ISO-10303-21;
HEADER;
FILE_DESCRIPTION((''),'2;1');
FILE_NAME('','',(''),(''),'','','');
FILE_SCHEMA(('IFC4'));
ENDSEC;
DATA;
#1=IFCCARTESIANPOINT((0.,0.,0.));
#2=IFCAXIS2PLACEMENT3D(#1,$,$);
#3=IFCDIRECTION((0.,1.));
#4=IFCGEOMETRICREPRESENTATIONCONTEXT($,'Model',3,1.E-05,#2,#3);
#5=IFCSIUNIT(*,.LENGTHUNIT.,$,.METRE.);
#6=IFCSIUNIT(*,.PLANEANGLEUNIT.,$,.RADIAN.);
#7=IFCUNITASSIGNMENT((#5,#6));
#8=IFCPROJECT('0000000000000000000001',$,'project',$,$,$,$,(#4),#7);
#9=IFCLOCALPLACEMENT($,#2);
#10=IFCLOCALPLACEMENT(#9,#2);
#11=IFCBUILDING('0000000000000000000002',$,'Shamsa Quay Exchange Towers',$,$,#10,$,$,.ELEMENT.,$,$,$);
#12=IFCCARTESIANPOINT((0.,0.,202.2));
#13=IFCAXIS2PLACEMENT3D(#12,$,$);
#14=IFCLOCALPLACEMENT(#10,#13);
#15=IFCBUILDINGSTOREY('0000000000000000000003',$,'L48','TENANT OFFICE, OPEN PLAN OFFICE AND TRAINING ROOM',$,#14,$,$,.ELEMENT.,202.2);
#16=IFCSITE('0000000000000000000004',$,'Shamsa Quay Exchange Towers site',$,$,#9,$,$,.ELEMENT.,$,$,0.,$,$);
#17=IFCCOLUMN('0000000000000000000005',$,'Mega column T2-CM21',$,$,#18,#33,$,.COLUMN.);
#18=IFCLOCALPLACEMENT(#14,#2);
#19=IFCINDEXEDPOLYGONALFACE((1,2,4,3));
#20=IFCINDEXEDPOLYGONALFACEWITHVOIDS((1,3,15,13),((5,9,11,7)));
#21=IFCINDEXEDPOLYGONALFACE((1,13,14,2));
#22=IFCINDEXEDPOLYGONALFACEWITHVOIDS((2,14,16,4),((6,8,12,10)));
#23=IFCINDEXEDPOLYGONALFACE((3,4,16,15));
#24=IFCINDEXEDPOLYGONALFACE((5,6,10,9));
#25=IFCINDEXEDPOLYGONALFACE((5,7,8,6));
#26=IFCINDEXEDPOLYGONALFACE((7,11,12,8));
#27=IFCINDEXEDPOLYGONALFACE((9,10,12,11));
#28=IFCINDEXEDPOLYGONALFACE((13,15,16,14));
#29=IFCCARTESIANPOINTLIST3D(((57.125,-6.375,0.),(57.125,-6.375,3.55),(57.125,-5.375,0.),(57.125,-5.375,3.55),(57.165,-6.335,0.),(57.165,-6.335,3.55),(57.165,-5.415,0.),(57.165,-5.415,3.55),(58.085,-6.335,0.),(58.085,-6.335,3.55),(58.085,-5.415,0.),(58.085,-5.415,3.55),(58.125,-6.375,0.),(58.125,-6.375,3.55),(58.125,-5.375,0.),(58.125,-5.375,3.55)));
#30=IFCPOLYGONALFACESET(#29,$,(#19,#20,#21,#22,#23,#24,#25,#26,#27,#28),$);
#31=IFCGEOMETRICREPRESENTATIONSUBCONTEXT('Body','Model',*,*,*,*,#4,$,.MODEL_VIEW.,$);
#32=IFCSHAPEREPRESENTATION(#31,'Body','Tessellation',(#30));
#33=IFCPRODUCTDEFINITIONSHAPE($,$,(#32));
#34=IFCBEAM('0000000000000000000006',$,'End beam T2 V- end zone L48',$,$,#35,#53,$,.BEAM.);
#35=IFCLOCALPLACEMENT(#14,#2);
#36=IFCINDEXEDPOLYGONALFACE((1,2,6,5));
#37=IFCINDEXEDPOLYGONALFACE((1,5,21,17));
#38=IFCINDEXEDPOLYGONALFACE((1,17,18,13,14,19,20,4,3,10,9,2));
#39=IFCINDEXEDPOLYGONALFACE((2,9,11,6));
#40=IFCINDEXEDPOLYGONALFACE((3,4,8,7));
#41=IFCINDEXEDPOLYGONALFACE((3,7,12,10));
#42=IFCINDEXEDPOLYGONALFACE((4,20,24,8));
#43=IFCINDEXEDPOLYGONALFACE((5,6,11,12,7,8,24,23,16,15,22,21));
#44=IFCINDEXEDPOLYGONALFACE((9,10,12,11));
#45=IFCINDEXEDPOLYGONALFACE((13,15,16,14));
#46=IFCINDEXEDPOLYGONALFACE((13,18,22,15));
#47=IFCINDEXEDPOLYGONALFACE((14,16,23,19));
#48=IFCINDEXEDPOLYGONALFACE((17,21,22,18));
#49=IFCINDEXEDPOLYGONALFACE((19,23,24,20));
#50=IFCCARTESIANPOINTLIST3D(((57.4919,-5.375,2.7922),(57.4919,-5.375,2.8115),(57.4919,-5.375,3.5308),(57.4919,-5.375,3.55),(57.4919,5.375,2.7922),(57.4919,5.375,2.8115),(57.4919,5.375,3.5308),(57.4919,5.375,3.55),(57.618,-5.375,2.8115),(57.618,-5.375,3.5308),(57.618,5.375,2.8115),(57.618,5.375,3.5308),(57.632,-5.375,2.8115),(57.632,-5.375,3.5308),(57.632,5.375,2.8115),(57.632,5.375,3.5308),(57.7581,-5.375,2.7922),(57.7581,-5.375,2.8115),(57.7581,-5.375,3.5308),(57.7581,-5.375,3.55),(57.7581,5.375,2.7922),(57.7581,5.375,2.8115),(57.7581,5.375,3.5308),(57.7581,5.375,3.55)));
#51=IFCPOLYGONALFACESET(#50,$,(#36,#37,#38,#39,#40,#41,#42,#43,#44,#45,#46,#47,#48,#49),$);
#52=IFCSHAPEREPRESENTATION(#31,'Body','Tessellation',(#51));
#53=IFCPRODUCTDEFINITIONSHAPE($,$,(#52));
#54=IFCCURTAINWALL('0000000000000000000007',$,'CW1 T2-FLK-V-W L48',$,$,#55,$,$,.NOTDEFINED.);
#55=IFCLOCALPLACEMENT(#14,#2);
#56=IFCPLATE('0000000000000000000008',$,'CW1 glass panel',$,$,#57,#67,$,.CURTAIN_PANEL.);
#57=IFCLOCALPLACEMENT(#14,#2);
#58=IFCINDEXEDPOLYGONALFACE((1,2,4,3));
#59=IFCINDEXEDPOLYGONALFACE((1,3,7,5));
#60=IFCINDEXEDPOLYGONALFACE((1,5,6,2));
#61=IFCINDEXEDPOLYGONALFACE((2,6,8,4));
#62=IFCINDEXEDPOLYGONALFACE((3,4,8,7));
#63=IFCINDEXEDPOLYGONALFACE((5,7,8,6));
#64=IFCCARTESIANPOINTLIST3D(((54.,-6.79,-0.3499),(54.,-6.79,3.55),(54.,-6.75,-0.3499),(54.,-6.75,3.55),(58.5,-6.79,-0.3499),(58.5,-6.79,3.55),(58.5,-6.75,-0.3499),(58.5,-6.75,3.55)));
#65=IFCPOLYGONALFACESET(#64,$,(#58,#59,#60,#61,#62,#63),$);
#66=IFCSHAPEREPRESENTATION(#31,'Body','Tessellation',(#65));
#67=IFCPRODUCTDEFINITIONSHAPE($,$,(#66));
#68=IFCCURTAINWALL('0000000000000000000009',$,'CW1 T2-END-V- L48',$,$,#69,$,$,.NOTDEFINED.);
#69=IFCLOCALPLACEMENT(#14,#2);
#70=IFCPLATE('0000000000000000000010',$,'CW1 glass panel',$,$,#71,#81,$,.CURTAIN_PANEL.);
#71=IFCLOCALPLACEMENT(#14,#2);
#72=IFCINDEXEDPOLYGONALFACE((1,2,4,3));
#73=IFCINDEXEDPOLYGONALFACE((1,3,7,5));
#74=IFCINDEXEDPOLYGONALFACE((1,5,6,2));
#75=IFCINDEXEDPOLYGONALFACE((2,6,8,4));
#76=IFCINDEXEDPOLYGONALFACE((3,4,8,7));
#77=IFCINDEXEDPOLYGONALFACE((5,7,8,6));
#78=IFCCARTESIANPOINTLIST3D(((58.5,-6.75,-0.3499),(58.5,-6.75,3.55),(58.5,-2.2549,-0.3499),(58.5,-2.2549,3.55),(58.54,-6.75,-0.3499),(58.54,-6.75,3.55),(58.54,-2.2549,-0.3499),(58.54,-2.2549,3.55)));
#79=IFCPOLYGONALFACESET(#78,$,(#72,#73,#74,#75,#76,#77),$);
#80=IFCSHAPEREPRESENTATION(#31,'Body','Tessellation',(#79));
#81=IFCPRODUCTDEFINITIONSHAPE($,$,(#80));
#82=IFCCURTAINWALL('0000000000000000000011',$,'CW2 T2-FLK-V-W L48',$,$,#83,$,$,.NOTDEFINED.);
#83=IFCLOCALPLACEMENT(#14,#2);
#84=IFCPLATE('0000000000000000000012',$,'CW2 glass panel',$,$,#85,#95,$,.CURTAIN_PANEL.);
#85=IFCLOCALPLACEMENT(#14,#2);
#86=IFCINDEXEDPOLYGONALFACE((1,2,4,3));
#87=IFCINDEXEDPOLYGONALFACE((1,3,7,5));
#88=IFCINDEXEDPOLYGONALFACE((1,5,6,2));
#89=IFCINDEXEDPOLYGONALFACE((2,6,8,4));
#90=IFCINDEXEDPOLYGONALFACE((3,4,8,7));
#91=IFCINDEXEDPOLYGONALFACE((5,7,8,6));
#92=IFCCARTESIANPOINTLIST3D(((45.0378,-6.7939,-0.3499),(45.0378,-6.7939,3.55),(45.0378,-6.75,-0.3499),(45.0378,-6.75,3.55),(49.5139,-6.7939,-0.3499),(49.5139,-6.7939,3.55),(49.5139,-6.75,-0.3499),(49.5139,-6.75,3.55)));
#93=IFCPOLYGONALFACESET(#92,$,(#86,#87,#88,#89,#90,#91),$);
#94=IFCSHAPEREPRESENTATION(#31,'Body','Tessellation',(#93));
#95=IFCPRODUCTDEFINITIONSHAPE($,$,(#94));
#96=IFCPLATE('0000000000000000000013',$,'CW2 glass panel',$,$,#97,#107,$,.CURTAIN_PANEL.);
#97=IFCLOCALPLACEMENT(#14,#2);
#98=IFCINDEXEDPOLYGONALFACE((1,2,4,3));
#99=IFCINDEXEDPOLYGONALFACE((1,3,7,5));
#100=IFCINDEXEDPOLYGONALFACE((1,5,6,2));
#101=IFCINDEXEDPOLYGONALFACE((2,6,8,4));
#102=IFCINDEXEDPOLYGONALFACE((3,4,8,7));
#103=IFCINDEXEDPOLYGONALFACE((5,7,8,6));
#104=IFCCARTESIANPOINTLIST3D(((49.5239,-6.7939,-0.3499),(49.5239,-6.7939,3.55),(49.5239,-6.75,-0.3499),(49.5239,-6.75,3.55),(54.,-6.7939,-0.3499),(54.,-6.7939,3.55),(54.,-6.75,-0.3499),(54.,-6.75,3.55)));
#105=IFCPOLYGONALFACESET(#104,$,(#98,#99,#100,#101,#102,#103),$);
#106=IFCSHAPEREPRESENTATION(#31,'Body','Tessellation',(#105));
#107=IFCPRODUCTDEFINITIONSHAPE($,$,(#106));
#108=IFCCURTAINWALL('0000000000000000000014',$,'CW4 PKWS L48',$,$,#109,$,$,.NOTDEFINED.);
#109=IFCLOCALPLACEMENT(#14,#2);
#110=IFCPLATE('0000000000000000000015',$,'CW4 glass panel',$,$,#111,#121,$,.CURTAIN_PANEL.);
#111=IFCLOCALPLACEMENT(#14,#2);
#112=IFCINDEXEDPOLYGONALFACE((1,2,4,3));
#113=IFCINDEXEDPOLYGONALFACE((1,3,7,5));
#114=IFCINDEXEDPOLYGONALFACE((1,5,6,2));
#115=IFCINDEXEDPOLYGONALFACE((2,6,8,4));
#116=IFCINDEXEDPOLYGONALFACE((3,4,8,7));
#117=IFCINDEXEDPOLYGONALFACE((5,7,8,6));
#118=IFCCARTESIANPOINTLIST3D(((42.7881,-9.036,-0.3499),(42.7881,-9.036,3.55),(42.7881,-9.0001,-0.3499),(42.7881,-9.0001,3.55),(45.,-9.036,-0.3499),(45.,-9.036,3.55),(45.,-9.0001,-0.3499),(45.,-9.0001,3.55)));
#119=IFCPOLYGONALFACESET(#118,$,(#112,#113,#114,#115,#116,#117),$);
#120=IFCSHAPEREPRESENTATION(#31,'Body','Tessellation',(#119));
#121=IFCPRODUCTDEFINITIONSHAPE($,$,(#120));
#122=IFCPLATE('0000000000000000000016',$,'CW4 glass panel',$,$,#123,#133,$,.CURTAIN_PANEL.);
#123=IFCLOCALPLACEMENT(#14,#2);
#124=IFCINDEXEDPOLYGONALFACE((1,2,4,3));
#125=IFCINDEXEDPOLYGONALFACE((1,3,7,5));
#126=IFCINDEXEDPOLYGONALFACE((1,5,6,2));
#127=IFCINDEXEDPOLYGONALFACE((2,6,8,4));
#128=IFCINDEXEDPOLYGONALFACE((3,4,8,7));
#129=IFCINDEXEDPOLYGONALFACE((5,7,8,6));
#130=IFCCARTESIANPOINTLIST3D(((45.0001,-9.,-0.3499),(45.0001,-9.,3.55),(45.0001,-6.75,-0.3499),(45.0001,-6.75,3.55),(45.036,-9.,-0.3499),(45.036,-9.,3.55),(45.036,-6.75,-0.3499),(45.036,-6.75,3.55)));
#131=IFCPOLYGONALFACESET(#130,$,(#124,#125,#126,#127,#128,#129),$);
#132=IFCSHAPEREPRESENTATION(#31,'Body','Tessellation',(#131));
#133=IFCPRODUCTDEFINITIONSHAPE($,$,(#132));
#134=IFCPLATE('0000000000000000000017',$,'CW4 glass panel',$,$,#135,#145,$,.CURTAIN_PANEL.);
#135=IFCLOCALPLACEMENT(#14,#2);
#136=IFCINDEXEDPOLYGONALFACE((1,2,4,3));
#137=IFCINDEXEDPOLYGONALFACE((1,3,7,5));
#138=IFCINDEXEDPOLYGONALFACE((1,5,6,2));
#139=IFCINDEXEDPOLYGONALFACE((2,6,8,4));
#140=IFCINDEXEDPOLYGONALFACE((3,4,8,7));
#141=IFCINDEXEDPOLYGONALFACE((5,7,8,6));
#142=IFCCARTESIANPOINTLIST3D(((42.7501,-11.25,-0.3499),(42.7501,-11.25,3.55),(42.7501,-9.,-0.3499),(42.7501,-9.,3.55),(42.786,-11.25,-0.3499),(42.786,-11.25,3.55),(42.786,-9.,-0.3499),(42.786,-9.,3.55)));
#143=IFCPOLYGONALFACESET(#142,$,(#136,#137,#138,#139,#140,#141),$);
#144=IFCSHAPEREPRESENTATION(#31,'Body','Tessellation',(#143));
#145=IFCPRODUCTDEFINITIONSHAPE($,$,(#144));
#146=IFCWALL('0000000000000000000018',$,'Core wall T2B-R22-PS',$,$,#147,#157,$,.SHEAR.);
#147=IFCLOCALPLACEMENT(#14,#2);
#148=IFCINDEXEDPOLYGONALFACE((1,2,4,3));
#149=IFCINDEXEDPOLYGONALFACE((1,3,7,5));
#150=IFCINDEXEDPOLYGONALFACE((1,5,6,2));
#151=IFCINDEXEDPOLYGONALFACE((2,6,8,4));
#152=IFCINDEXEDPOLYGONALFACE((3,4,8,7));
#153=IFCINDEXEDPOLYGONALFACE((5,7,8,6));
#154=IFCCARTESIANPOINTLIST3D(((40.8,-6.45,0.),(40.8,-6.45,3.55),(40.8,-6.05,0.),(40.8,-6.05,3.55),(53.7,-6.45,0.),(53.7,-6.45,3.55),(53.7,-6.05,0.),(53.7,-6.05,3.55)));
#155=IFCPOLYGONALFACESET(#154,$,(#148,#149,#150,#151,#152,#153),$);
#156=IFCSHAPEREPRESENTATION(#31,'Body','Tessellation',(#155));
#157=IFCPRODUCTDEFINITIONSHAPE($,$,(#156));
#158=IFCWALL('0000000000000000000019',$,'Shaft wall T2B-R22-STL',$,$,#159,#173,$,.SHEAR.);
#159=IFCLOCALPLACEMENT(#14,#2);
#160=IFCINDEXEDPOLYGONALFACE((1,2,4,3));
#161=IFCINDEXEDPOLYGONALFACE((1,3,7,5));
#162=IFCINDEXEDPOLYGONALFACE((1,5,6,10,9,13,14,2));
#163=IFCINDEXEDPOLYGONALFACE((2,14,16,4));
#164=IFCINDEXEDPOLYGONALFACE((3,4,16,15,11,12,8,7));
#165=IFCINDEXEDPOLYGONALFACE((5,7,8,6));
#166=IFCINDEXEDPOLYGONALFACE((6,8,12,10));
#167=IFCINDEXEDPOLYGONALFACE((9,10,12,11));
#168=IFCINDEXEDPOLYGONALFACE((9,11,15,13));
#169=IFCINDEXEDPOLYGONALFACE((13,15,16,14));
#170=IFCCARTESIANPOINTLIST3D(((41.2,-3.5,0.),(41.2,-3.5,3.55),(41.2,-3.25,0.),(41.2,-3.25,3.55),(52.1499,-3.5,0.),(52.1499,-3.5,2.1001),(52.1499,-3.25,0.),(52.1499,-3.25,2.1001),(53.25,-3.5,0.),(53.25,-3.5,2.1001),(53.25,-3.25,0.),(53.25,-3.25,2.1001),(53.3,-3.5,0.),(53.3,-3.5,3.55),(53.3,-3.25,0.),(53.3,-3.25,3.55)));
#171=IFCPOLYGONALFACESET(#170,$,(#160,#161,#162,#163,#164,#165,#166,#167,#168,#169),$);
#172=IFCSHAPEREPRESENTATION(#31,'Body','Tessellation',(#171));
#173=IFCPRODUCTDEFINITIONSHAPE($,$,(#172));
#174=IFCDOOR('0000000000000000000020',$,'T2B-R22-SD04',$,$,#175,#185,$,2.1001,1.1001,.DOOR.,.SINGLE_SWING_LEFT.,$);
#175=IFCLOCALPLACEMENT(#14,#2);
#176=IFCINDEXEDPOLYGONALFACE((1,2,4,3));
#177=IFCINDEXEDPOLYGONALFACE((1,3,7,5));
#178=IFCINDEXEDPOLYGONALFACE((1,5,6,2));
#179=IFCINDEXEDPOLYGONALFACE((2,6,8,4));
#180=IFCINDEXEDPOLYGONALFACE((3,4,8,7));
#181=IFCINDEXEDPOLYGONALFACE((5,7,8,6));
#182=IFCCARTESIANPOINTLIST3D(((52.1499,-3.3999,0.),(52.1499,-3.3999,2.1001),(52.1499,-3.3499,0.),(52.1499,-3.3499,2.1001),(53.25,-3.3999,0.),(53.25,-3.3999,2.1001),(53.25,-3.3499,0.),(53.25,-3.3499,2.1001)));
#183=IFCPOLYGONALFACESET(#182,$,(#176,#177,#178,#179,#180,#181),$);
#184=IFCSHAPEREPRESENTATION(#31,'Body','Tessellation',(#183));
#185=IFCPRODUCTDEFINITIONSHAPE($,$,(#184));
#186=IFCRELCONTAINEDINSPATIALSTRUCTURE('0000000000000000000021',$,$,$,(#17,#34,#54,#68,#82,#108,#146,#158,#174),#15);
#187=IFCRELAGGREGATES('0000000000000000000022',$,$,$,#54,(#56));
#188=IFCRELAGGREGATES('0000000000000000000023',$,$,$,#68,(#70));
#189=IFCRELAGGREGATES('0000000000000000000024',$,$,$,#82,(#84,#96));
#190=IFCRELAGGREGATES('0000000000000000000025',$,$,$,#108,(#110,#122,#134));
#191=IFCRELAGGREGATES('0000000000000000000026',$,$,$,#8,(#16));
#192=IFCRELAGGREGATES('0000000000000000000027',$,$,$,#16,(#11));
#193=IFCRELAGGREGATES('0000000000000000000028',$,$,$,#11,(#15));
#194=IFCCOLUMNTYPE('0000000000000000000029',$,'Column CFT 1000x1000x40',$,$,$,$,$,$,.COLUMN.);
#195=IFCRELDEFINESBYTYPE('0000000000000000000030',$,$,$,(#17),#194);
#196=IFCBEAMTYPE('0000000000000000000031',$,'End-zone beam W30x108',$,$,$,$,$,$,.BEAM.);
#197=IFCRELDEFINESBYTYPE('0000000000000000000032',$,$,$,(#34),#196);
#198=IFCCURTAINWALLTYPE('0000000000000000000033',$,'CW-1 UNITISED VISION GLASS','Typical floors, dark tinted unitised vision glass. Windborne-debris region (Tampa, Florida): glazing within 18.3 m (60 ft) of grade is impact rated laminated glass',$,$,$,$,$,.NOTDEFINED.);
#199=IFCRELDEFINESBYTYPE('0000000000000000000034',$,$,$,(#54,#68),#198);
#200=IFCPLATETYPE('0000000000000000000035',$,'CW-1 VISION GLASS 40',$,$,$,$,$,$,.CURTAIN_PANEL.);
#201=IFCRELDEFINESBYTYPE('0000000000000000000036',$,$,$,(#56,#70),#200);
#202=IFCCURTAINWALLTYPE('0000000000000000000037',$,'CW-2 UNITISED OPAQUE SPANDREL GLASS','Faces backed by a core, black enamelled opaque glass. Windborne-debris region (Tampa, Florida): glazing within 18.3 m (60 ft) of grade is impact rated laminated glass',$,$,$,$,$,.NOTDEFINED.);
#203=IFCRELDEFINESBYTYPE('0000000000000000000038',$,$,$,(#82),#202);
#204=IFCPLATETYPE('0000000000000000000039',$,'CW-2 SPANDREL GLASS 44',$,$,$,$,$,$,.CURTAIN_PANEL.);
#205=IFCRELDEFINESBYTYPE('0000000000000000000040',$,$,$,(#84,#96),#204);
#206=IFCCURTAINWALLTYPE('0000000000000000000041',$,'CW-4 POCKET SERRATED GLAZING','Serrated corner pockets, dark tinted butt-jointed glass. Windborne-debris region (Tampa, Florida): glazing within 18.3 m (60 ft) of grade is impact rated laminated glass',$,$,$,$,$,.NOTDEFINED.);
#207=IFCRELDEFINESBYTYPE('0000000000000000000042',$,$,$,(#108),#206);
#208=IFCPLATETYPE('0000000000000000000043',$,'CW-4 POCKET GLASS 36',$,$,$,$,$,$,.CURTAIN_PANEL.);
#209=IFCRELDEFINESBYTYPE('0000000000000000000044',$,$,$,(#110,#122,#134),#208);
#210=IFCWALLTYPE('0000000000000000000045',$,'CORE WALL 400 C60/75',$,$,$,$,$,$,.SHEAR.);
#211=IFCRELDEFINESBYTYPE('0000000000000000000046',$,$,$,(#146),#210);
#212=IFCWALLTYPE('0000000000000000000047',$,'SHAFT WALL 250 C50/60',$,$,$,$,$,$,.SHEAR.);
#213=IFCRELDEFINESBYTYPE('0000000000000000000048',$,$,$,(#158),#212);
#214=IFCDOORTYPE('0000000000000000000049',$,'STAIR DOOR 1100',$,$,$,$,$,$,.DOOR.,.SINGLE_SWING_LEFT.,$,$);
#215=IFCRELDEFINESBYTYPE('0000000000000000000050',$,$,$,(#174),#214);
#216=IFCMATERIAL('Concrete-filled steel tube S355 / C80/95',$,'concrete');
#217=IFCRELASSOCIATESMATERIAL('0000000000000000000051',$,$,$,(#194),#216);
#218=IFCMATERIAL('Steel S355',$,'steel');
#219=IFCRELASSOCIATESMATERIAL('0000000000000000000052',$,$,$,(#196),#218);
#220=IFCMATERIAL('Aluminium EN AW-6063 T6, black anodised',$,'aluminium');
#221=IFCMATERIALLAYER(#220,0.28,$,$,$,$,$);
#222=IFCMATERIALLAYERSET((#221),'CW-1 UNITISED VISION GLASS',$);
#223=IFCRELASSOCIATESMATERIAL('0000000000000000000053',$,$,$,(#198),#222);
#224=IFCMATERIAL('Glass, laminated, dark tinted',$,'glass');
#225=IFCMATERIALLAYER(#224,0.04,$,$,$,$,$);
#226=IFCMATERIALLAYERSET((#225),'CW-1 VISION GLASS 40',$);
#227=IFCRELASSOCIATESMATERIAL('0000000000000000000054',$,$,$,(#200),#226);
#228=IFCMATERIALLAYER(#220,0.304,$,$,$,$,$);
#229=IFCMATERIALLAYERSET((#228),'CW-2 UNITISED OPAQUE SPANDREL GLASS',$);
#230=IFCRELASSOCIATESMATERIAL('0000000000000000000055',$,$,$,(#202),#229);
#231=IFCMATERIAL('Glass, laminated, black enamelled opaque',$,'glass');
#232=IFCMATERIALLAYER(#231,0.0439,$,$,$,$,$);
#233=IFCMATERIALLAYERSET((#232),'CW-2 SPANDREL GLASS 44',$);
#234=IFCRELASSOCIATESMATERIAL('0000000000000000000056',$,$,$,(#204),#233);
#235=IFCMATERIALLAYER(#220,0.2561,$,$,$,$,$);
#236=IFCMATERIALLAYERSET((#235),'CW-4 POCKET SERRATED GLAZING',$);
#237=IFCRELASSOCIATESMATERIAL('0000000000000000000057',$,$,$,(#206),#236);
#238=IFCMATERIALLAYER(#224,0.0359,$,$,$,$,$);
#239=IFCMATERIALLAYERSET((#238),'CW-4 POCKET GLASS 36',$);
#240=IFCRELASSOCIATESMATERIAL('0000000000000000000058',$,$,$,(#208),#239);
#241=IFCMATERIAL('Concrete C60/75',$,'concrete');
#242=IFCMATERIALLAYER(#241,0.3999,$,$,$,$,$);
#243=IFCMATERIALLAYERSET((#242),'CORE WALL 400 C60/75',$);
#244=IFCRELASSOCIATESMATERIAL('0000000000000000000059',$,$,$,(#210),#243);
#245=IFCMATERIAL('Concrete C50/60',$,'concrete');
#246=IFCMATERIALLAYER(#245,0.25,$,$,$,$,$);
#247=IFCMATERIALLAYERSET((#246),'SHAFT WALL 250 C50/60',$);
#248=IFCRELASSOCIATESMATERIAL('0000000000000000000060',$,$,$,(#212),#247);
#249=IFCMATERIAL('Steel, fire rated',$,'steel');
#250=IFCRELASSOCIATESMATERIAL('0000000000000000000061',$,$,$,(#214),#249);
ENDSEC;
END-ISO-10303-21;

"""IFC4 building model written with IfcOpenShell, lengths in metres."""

from ifc_helpers import new_model, si_unit, direction, frame, frame_2d, origin, origin_2d, place, context, subcontext, project, spatial, rectangle, hollow_rectangle, i_section, extrude, material, layer, layer_set, material_profile, profile_set, type_object, element, fill, aggregate, save


model = new_model("IFC4")

# Units and contexts
model_context = context("Model", 3, precision=1e-05, world=origin(), true_north=direction((0.0, 1.0)))
body_context = subcontext(model_context, "Body", "Model", "MODEL_VIEW")
ifc_project = project(units=[si_unit("LENGTHUNIT", "METRE"), si_unit("PLANEANGLEUNIT", "RADIAN")], contexts=[model_context])

# Site, building, storey
site_placement = place(None, origin())
site = spatial("IfcSite", under=ifc_project, at=site_placement, Name="Shamsa Quay Exchange Towers site", CompositionType="ELEMENT", RefElevation=0.0)
building_placement = place(site_placement, origin())
building = spatial("IfcBuilding", under=site, at=building_placement, Name="Shamsa Quay Exchange Towers", CompositionType="ELEMENT")
storey_placement = place(building_placement, frame((0.0, 0.0, 202.2)))
storey = spatial("IfcBuildingStorey", under=building, at=storey_placement, Name="L48", Description="TENANT OFFICE, OPEN PLAN OFFICE AND TRAINING ROOM", CompositionType="ELEMENT", Elevation=202.2)

# Column
ifc_material_1 = material(Name="Concrete-filled steel tube S355 / C80/95", Category="concrete")
ifc_material_profile_1 = material_profile(ifc_material_1, hollow_rectangle(XDim=1.0, YDim=1.0, WallThickness=0.04, at=origin_2d()), Name="CFT 1000x1000x40")
ifc_profile_set_1 = profile_set([ifc_material_profile_1], Name="Concrete-filled steel tube S355 / C80/95")
column_type = type_object("IfcColumnType", Name="Column CFT 1000x1000x40", PredefinedType="COLUMN", material=ifc_profile_set_1)
column_placement = place(storey_placement, frame((57.625, -5.875, 0.0)))
element("IfcColumn", 1, at=column_placement, inside=storey, type_object=column_type, Name="Mega column T2-CM21", PredefinedType="COLUMN", context=body_context, shape_type="SweptSolid", body=[
    extrude(hollow_rectangle(XDim=1.0, YDim=1.0, WallThickness=0.04, at=origin_2d()), origin(), (0.0, 0.0, 1.0), 3.55),
])

# Beam
ifc_material_2 = material(Name="Steel S355", Category="steel")
ifc_material_profile_2 = material_profile(ifc_material_2, i_section(OverallWidth=0.2661, OverallDepth=0.7578, WebThickness=0.0139, FlangeThickness=0.0193, at=origin_2d()), Name="W30x108")
ifc_profile_set_2 = profile_set([ifc_material_profile_2], Name="Steel S355")
beam_type = type_object("IfcBeamType", Name="End-zone beam W30x108", PredefinedType="BEAM", material=ifc_profile_set_2)
beam_placement = place(storey_placement, frame((57.625, -5.375, 3.1711), z_axis=(0.0, 1.0, 0.0), x_axis=(-1.0, 0.0, 0.0)))
element("IfcBeam", 2, at=beam_placement, inside=storey, type_object=beam_type, Name="End beam T2 V- end zone L48", PredefinedType="BEAM", context=body_context, shape_type="SweptSolid", body=[
    extrude(i_section(OverallWidth=0.2661, OverallDepth=0.7578, WebThickness=0.0139, FlangeThickness=0.0193, at=origin_2d()), origin(), (0.0, 0.0, 1.0), 10.75),
])

# Curtain walls, plates
ifc_material_3 = material(Name="Aluminium EN AW-6063 T6, black anodised", Category="aluminium")
ifc_layer_1 = layer(ifc_material_3, 0.28)
ifc_layer_set_1 = layer_set([ifc_layer_1], Name="CW-1 UNITISED VISION GLASS")
curtain_wall_type_1 = type_object("IfcCurtainWallType", Name="CW-1 UNITISED VISION GLASS", Description="Typical floors, dark tinted unitised vision glass. Windborne-debris region (Tampa, Florida): glazing within 18.3 m (60 ft) of grade is impact rated laminated glass", PredefinedType="NOTDEFINED", material=ifc_layer_set_1)
curtain_wall_1_placement = place(storey_placement, origin())
curtain_wall_1 = element("IfcCurtainWall", 3, at=curtain_wall_1_placement, inside=storey, type_object=curtain_wall_type_1, Name="CW1 T2-FLK-V-W L48", PredefinedType="NOTDEFINED")
ifc_material_4 = material(Name="Glass, laminated, dark tinted", Category="glass")
ifc_layer_2 = layer(ifc_material_4, 0.04)
ifc_layer_set_2 = layer_set([ifc_layer_2], Name="CW-1 VISION GLASS 40")
plate_type_1 = type_object("IfcPlateType", Name="CW-1 VISION GLASS 40", PredefinedType="CURTAIN_PANEL", material=ifc_layer_set_2)
plate_1_placement = place(storey_placement, frame((56.25, -6.77, -0.3499)))
plate_1 = element("IfcPlate", 4, at=plate_1_placement, type_object=plate_type_1, Name="CW1 glass panel", PredefinedType="CURTAIN_PANEL", context=body_context, shape_type="SweptSolid", body=[
    extrude(rectangle(XDim=4.5, YDim=0.04, at=origin_2d()), origin(), (0.0, 0.0, 1.0), 3.8999),
])
aggregate(curtain_wall_1, [plate_1])
curtain_wall_2_placement = place(storey_placement, origin())
curtain_wall_2 = element("IfcCurtainWall", 5, at=curtain_wall_2_placement, inside=storey, type_object=curtain_wall_type_1, Name="CW1 T2-END-V- L48", PredefinedType="NOTDEFINED")
plate_2_placement = place(storey_placement, frame((58.52, -4.5024, -0.3499), z_axis=(0.0, 0.0, 1.0), x_axis=(0.0, 1.0, 0.0)))
plate_2 = element("IfcPlate", 6, at=plate_2_placement, type_object=plate_type_1, Name="CW1 glass panel", PredefinedType="CURTAIN_PANEL", context=body_context, shape_type="SweptSolid", body=[
    extrude(rectangle(XDim=4.4951, YDim=0.04, at=origin_2d()), origin(), (0.0, 0.0, 1.0), 3.8999),
])
aggregate(curtain_wall_2, [plate_2])

# Curtain walls, plates
ifc_layer_3 = layer(ifc_material_3, 0.304)
ifc_layer_set_3 = layer_set([ifc_layer_3], Name="CW-2 UNITISED OPAQUE SPANDREL GLASS")
curtain_wall_type_2 = type_object("IfcCurtainWallType", Name="CW-2 UNITISED OPAQUE SPANDREL GLASS", Description="Faces backed by a core, black enamelled opaque glass. Windborne-debris region (Tampa, Florida): glazing within 18.3 m (60 ft) of grade is impact rated laminated glass", PredefinedType="NOTDEFINED", material=ifc_layer_set_3)
curtain_wall_3_placement = place(storey_placement, origin())
curtain_wall_3 = element("IfcCurtainWall", 7, at=curtain_wall_3_placement, inside=storey, type_object=curtain_wall_type_2, Name="CW2 T2-FLK-V-W L48", PredefinedType="NOTDEFINED")
ifc_material_5 = material(Name="Glass, laminated, black enamelled opaque", Category="glass")
ifc_layer_4 = layer(ifc_material_5, 0.0439)
ifc_layer_set_4 = layer_set([ifc_layer_4], Name="CW-2 SPANDREL GLASS 44")
plate_type_2 = type_object("IfcPlateType", Name="CW-2 SPANDREL GLASS 44", PredefinedType="CURTAIN_PANEL", material=ifc_layer_set_4)
plate_3_placement = place(storey_placement, frame((47.2759, -6.772, -0.3499)))
plate_3 = element("IfcPlate", 8, at=plate_3_placement, type_object=plate_type_2, Name="CW2 glass panel", PredefinedType="CURTAIN_PANEL", context=body_context, shape_type="SweptSolid", body=[
    extrude(rectangle(XDim=4.4761, YDim=0.0439, at=origin_2d()), origin(), (0.0, 0.0, 1.0), 3.8999),
])
plate_4_placement = place(storey_placement, frame((51.762, -6.772, -0.3499)))
plate_4 = element("IfcPlate", 9, at=plate_4_placement, type_object=plate_type_2, Name="CW2 glass panel", PredefinedType="CURTAIN_PANEL", context=body_context, shape_type="SweptSolid", body=[
    extrude(rectangle(XDim=4.4761, YDim=0.0439, at=origin_2d()), origin(), (0.0, 0.0, 1.0), 3.8999),
])
aggregate(curtain_wall_3, [plate_3, plate_4])
ifc_layer_5 = layer(ifc_material_3, 0.2561)
ifc_layer_set_5 = layer_set([ifc_layer_5], Name="CW-4 POCKET SERRATED GLAZING")
curtain_wall_type_3 = type_object("IfcCurtainWallType", Name="CW-4 POCKET SERRATED GLAZING", Description="Serrated corner pockets, dark tinted butt-jointed glass. Windborne-debris region (Tampa, Florida): glazing within 18.3 m (60 ft) of grade is impact rated laminated glass", PredefinedType="NOTDEFINED", material=ifc_layer_set_5)
curtain_wall_4_placement = place(storey_placement, origin())
curtain_wall_4 = element("IfcCurtainWall", 10, at=curtain_wall_4_placement, inside=storey, type_object=curtain_wall_type_3, Name="CW4 PKWS L48", PredefinedType="NOTDEFINED")
ifc_layer_6 = layer(ifc_material_4, 0.0359)
ifc_layer_set_6 = layer_set([ifc_layer_6], Name="CW-4 POCKET GLASS 36")
plate_type_3 = type_object("IfcPlateType", Name="CW-4 POCKET GLASS 36", PredefinedType="CURTAIN_PANEL", material=ifc_layer_set_6)
plate_5_placement = place(storey_placement, frame((43.894, -9.0181, -0.3499)))
plate_5 = element("IfcPlate", 11, at=plate_5_placement, type_object=plate_type_3, Name="CW4 glass panel", PredefinedType="CURTAIN_PANEL", context=body_context, shape_type="SweptSolid", body=[
    extrude(rectangle(XDim=2.2119, YDim=0.0359, at=origin_2d()), origin(), (0.0, 0.0, 1.0), 3.8999),
])
plate_6_placement = place(storey_placement, frame((45.0181, -7.875, -0.3499), z_axis=(0.0, 0.0, 1.0), x_axis=(0.0, 1.0, 0.0)))
plate_6 = element("IfcPlate", 12, at=plate_6_placement, type_object=plate_type_3, Name="CW4 glass panel", PredefinedType="CURTAIN_PANEL", context=body_context, shape_type="SweptSolid", body=[
    extrude(rectangle(XDim=2.25, YDim=0.0359, at=origin_2d()), origin(), (0.0, 0.0, 1.0), 3.8999),
])
plate_7_placement = place(storey_placement, frame((42.7681, -10.125, -0.3499), z_axis=(0.0, 0.0, 1.0), x_axis=(0.0, 1.0, 0.0)))
plate_7 = element("IfcPlate", 13, at=plate_7_placement, type_object=plate_type_3, Name="CW4 glass panel", PredefinedType="CURTAIN_PANEL", context=body_context, shape_type="SweptSolid", body=[
    extrude(rectangle(XDim=2.25, YDim=0.0359, at=origin_2d()), origin(), (0.0, 0.0, 1.0), 3.8999),
])
aggregate(curtain_wall_4, [plate_5, plate_6, plate_7])

# Wall
ifc_material_6 = material(Name="Concrete C60/75", Category="concrete")
ifc_layer_7 = layer(ifc_material_6, 0.3999)
ifc_layer_set_7 = layer_set([ifc_layer_7], Name="CORE WALL 400 C60/75")
wall_type_1 = type_object("IfcWallType", Name="CORE WALL 400 C60/75", PredefinedType="SHEAR", material=ifc_layer_set_7)
wall_1_placement = place(storey_placement, frame((53.7, -6.25, 0.0), z_axis=(0.0, 0.0, 1.0), x_axis=(-1.0, 0.0, 0.0)))
element("IfcWall", 14, at=wall_1_placement, inside=storey, type_object=wall_type_1, Name="Core wall T2B-R22-PS", PredefinedType="SHEAR", context=body_context, shape_type="SweptSolid", body=[
    extrude(rectangle(XDim=12.8999, YDim=0.3999, at=frame_2d((6.45, 0.0))), origin(), (0.0, 0.0, 1.0), 3.55),
])

# Wall, opening, door
ifc_material_7 = material(Name="Steel, fire rated", Category="steel")
ifc_material_8 = material(Name="Concrete C50/60", Category="concrete")
ifc_layer_8 = layer(ifc_material_8, 0.25)
ifc_layer_set_8 = layer_set([ifc_layer_8], Name="SHAFT WALL 250 C50/60")
wall_type_2 = type_object("IfcWallType", Name="SHAFT WALL 250 C50/60", PredefinedType="SHEAR", material=ifc_layer_set_8)
wall_2_placement = place(storey_placement, frame((53.3, -3.375, 0.0), z_axis=(0.0, 0.0, 1.0), x_axis=(-1.0, 0.0, 0.0)))
wall_2 = element("IfcWall", 15, at=wall_2_placement, inside=storey, type_object=wall_type_2, Name="Shaft wall T2B-R22-STL", PredefinedType="SHEAR", context=body_context, shape_type="SweptSolid", body=[
    extrude(rectangle(XDim=12.1001, YDim=0.25, at=frame_2d((6.05, 0.0))), origin(), (0.0, 0.0, 1.0), 3.55),
])
opening_1_placement = place(wall_2_placement, frame((0.05, 0.0, 0.0)))
opening_1 = element("IfcOpeningElement", 16, at=opening_1_placement, cuts=wall_2, PredefinedType="OPENING", context=body_context, shape_type="SweptSolid", body=[
    extrude(rectangle(XDim=1.1001, YDim=2.1001, at=frame_2d((0.55, 1.05))), frame((0.0, 0.135, 0.0), z_axis=(0.0, -1.0, 0.0), x_axis=(1.0, 0.0, 0.0)), (0.0, 0.0, 1.0), 0.27),
])
door_type_1 = type_object("IfcDoorType", Name="STAIR DOOR 1100", OperationType="SINGLE_SWING_LEFT", PredefinedType="DOOR", material=ifc_material_7)
door_1_placement = place(opening_1_placement, origin())
door_1 = element("IfcDoor", 17, at=door_1_placement, inside=storey, type_object=door_type_1, Name="T2B-R22-SD04", OperationType="SINGLE_SWING_LEFT", OverallHeight=2.1001, OverallWidth=1.1001, PredefinedType="DOOR", context=body_context, shape_type="SweptSolid", body=[
    extrude(rectangle(XDim=1.1001, YDim=2.1001, at=frame_2d((0.55, 1.05))), frame((0.0, 0.0249, 0.0), z_axis=(0.0, -1.0, 0.0), x_axis=(1.0, 0.0, 0.0)), (0.0, 0.0, 1.0), 0.05),
])
fill(opening_1, door_1)

save(model, "model.ifc")
